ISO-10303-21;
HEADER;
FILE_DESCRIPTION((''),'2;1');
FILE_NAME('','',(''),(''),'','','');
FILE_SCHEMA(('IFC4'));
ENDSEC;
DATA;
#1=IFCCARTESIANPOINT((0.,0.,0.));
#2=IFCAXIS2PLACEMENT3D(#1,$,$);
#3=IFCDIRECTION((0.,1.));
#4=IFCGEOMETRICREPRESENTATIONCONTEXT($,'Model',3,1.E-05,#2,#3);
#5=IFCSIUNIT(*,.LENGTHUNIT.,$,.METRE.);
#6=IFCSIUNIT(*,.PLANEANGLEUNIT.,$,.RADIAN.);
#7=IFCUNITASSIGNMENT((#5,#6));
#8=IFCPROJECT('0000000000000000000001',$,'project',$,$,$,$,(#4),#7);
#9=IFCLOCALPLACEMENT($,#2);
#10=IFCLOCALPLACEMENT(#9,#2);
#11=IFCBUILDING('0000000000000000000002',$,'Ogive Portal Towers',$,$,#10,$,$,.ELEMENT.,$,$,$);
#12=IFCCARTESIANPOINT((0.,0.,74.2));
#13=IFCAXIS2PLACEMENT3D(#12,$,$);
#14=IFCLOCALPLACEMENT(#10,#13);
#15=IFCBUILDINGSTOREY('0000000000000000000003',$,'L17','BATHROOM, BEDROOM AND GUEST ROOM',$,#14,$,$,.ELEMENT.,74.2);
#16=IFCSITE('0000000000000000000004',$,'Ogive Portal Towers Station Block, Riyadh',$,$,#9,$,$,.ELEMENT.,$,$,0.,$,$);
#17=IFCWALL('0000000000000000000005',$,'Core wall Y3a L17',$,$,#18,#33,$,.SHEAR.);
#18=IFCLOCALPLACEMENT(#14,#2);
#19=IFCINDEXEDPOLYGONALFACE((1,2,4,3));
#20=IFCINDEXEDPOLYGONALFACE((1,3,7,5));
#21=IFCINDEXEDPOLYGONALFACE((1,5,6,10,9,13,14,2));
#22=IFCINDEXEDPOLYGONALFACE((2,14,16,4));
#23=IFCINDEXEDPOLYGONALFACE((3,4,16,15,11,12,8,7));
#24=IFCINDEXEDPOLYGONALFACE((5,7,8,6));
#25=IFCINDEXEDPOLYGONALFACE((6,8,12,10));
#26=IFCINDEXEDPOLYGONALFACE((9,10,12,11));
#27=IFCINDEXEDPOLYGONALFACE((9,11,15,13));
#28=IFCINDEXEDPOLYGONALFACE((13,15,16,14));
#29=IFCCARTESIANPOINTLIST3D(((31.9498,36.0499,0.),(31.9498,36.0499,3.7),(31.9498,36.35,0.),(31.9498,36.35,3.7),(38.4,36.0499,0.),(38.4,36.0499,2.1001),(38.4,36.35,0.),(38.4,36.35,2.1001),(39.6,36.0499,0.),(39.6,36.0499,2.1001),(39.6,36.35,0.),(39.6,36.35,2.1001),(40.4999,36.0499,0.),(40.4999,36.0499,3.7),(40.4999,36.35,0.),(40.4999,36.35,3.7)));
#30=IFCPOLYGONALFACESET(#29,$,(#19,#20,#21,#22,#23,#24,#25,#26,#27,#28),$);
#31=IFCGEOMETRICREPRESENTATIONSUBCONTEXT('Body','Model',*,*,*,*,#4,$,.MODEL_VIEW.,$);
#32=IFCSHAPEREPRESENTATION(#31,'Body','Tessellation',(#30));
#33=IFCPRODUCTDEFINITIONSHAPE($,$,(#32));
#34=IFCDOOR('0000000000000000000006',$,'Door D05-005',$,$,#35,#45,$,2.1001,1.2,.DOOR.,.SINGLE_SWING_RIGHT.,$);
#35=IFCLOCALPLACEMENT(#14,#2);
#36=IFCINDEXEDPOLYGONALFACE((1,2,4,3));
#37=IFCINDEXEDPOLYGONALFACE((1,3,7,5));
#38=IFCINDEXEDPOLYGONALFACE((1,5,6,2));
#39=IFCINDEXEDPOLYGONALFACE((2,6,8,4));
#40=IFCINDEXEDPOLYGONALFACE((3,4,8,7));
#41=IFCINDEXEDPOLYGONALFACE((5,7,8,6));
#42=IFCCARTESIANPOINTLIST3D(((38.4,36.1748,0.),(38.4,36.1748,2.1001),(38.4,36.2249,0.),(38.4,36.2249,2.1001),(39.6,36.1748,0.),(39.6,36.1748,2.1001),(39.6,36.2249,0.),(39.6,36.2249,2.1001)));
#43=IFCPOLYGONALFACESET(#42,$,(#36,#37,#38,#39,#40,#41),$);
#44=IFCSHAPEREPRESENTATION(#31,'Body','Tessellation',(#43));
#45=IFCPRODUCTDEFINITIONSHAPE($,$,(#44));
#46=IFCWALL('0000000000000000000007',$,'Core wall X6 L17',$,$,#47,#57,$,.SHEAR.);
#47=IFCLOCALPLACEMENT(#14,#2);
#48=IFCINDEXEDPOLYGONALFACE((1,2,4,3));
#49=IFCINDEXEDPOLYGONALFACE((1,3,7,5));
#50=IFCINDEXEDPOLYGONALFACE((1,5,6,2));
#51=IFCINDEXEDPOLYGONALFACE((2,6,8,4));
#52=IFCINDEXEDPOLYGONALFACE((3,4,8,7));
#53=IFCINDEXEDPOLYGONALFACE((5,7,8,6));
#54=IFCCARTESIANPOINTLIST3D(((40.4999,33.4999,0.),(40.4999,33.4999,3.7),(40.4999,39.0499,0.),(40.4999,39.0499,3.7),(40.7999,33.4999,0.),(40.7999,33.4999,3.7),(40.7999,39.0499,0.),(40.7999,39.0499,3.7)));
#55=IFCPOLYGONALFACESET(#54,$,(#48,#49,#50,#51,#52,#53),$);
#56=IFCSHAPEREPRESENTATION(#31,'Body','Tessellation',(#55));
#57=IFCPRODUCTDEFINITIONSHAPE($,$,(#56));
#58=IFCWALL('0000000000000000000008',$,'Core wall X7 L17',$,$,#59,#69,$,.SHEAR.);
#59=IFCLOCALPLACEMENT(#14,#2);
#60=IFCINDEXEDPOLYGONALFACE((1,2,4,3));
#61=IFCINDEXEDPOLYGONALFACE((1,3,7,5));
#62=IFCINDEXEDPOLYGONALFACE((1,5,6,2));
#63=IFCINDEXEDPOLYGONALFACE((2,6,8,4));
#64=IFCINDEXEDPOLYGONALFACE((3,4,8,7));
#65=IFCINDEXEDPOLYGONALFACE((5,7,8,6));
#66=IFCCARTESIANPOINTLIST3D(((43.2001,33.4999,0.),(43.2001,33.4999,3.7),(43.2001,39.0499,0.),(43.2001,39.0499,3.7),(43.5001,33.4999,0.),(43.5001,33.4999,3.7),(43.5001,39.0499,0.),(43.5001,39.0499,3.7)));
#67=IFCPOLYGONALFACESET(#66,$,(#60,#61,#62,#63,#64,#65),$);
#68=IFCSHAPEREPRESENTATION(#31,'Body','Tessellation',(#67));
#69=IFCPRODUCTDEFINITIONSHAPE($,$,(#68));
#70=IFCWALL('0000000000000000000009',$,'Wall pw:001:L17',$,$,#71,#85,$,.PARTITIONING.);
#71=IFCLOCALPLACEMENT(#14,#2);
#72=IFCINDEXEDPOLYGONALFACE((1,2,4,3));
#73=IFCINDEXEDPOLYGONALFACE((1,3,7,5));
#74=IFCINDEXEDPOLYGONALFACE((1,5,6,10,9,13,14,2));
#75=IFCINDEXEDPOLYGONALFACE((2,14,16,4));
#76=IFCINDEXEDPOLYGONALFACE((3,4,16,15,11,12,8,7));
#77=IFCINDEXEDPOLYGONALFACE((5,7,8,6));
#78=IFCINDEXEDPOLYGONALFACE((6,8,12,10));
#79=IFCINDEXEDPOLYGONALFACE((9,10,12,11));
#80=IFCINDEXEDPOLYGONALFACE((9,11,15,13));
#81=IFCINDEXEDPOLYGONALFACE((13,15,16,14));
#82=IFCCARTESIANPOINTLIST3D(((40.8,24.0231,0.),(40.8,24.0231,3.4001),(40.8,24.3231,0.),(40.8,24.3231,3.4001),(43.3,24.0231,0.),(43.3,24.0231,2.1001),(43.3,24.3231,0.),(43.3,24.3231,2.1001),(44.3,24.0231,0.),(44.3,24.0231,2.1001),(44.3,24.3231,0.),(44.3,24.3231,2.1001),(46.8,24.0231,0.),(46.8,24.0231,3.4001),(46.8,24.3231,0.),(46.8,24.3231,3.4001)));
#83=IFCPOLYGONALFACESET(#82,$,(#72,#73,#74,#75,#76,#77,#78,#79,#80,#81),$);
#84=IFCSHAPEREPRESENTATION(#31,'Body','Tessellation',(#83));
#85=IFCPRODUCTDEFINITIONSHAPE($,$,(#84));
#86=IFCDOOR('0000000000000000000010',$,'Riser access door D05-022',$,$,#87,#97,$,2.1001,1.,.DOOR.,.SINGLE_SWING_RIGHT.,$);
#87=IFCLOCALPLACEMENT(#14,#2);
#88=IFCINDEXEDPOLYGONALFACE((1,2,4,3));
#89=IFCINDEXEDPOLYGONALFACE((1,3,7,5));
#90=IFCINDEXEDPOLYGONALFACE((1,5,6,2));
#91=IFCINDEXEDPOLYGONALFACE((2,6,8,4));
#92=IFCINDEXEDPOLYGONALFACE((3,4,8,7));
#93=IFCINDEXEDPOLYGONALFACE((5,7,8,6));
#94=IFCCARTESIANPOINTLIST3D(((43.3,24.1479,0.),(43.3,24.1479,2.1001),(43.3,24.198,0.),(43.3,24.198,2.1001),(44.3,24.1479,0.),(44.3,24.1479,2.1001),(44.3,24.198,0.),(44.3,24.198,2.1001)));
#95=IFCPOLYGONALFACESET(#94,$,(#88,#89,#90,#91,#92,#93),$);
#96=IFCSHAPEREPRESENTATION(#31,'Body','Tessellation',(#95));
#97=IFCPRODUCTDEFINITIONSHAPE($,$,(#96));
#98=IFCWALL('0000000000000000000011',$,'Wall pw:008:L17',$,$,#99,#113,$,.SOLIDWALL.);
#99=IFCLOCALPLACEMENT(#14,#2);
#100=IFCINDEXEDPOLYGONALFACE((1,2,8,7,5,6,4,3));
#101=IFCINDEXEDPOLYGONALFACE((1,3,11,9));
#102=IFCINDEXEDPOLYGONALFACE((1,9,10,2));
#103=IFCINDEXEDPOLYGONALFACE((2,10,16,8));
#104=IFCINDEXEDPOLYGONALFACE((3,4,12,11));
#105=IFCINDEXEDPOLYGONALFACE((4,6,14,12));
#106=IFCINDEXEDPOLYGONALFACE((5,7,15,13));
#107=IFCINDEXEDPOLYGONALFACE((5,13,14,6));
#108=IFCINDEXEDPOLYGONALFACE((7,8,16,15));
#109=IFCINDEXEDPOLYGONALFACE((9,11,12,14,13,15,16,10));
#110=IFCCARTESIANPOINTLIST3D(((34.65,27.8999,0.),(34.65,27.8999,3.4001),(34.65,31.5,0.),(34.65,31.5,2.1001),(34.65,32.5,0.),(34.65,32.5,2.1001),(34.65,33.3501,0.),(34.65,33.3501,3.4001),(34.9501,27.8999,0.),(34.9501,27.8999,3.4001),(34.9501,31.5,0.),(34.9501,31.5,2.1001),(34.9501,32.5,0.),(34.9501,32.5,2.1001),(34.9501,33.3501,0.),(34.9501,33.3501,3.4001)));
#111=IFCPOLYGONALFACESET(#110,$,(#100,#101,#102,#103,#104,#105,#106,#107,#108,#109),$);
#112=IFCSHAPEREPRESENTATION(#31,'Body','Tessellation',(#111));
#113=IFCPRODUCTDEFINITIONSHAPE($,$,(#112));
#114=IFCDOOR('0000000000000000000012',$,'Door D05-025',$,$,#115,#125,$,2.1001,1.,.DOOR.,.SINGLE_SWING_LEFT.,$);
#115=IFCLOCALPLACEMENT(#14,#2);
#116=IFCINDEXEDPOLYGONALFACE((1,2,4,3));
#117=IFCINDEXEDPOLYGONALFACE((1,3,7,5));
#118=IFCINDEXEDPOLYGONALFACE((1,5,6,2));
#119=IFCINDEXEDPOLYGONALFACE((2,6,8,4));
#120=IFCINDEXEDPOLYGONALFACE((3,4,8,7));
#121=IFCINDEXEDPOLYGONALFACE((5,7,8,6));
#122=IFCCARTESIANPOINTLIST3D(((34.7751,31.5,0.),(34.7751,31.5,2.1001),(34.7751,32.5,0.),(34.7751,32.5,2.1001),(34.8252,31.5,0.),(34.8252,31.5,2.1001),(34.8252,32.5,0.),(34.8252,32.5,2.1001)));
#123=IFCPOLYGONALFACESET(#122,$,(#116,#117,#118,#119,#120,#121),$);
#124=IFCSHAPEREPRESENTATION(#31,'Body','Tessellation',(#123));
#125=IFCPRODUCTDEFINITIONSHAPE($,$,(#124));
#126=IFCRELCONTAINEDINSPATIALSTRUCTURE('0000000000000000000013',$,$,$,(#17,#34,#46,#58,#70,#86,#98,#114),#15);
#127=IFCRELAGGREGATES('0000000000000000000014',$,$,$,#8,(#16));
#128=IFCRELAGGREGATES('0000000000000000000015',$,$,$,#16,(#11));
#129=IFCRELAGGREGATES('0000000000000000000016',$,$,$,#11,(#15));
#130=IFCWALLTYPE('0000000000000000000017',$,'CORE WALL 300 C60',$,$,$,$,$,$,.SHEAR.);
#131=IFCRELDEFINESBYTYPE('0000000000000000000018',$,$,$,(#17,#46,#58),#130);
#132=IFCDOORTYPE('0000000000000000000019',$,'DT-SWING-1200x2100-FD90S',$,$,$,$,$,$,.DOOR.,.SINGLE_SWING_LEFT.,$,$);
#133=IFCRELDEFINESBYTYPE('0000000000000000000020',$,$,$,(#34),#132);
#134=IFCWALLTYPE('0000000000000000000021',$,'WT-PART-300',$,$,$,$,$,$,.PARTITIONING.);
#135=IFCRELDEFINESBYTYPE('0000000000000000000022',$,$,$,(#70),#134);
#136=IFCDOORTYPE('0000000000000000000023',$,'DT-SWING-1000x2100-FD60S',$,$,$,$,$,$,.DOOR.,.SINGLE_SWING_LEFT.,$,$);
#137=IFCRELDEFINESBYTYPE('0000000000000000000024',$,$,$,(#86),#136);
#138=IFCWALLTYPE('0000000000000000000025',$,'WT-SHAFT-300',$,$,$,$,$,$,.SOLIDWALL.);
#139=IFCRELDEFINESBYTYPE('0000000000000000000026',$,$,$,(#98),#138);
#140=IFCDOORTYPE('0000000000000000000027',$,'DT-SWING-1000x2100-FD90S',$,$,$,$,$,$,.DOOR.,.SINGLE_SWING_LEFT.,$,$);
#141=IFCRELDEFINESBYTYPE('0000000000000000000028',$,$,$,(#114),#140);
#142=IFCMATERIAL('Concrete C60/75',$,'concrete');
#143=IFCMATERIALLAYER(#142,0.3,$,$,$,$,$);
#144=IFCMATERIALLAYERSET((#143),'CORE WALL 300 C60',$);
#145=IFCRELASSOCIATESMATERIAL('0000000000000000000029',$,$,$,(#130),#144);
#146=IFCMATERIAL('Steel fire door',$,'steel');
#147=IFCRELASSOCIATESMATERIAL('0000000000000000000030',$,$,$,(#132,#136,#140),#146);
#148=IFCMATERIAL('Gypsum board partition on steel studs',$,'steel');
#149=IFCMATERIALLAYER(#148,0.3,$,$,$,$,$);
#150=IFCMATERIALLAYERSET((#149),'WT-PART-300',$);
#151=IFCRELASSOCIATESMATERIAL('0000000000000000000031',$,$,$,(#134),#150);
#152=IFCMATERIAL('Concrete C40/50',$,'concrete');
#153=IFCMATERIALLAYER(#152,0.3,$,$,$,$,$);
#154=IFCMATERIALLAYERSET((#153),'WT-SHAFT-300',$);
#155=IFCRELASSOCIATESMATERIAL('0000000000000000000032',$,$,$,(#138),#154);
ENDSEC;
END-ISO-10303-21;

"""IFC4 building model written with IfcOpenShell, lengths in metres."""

from ifc_helpers import new_model, si_unit, direction, frame, frame_2d, origin, place, context, subcontext, project, spatial, rectangle, extrude, material, layer, layer_set, type_object, element, fill, save


model = new_model("IFC4")

# Units and contexts
model_context = context("Model", 3, precision=1e-05, world=origin(), true_north=direction((0.0, 1.0)))
body_context = subcontext(model_context, "Body", "Model", "MODEL_VIEW")
ifc_project = project(units=[si_unit("LENGTHUNIT", "METRE"), si_unit("PLANEANGLEUNIT", "RADIAN")], contexts=[model_context])

# Site, building, storey
site_placement = place(None, origin())
site = spatial("IfcSite", under=ifc_project, at=site_placement, Name="Ogive Portal Towers Station Block, Riyadh", CompositionType="ELEMENT", RefElevation=0.0)
building_placement = place(site_placement, origin())
building = spatial("IfcBuilding", under=site, at=building_placement, Name="Ogive Portal Towers", CompositionType="ELEMENT")
storey_placement = place(building_placement, frame((0.0, 0.0, 74.2)))
storey = spatial("IfcBuildingStorey", under=building, at=storey_placement, Name="L17", Description="BATHROOM, BEDROOM AND GUEST ROOM", CompositionType="ELEMENT", Elevation=74.2)

# Wall, opening, door
ifc_material_1 = material(Name="Concrete C60/75", Category="concrete")
ifc_layer_1 = layer(ifc_material_1, 0.3)
ifc_layer_set_1 = layer_set([ifc_layer_1], Name="CORE WALL 300 C60")
wall_type_1 = type_object("IfcWallType", Name="CORE WALL 300 C60", PredefinedType="SHEAR", material=ifc_layer_set_1)
wall_1_placement = place(storey_placement, frame((31.95, 36.2, 0.0), z_axis=(0.0, 0.0, 1.0), x_axis=(1.0, 0.0, 0.0)))
wall_1 = element("IfcWall", 1, at=wall_1_placement, inside=storey, type_object=wall_type_1, Name="Core wall Y3a L17", PredefinedType="SHEAR", context=body_context, shape_type="SweptSolid", body=[
    extrude(rectangle(XDim=8.55, YDim=0.3, at=frame_2d((4.2749, 0.0))), origin(), (0.0, 0.0, 1.0), 3.7),
])
opening_1_placement = place(wall_1_placement, frame((6.45, 0.0, 0.0)))
opening_1 = element("IfcOpeningElement", 2, at=opening_1_placement, cuts=wall_1, PredefinedType="OPENING", context=body_context, shape_type="SweptSolid", body=[
    extrude(rectangle(XDim=1.2, YDim=2.1001, at=frame_2d((0.6001, 1.05))), frame((0.0, 0.1602, 0.0), z_axis=(0.0, -1.0, 0.0), x_axis=(1.0, 0.0, 0.0)), (0.0, 0.0, 1.0), 0.3201),
])
ifc_material_2 = material(Name="Steel fire door", Category="steel")
door_type_1 = type_object("IfcDoorType", Name="DT-SWING-1200x2100-FD90S", OperationType="SINGLE_SWING_LEFT", PredefinedType="DOOR", material=ifc_material_2)
door_1_placement = place(opening_1_placement, origin())
door_1 = element("IfcDoor", 3, at=door_1_placement, inside=storey, type_object=door_type_1, Name="Door D05-005", OperationType="SINGLE_SWING_RIGHT", OverallHeight=2.1001, OverallWidth=1.2, PredefinedType="DOOR", context=body_context, shape_type="SweptSolid", body=[
    extrude(rectangle(XDim=1.2, YDim=2.1001, at=frame_2d((0.6001, 1.05))), frame((0.0, 0.0249, 0.0), z_axis=(0.0, -1.0, 0.0), x_axis=(1.0, 0.0, 0.0)), (0.0, 0.0, 1.0), 0.05),
])
fill(opening_1, door_1)

# Walls
for number, where, z_axis, x_axis, name in (
    (4, (40.6499, 33.5, 0.0), (0.0, 0.0, 1.0), (0.0, 1.0, 0.0), "Core wall X6 L17"),
    (5, (43.3501, 33.5, 0.0), (0.0, 0.0, 1.0), (0.0, 1.0, 0.0), "Core wall X7 L17"),
):
    element("IfcWall", number, at=place(storey_placement, frame(where, z_axis=z_axis, x_axis=x_axis)), inside=storey, type_object=wall_type_1, Name=name, PredefinedType="SHEAR", context=body_context, shape_type="SweptSolid", body=[
        extrude(rectangle(XDim=5.55, YDim=0.3, at=frame_2d((2.7749, 0.0))), origin(), (0.0, 0.0, 1.0), 3.7),
    ])

# Walls, openings, doors
ifc_material_3 = material(Name="Gypsum board partition on steel studs", Category="steel")
ifc_layer_2 = layer(ifc_material_3, 0.3)
ifc_layer_set_2 = layer_set([ifc_layer_2], Name="WT-PART-300")
wall_type_2 = type_object("IfcWallType", Name="WT-PART-300", PredefinedType="PARTITIONING", material=ifc_layer_set_2)
wall_2_placement = place(storey_placement, frame((40.8, 24.1731, 0.0), z_axis=(0.0, 0.0, 1.0), x_axis=(1.0, 0.0, 0.0)))
wall_2 = element("IfcWall", 6, at=wall_2_placement, inside=storey, type_object=wall_type_2, Name="Wall pw:001:L17", PredefinedType="PARTITIONING", context=body_context, shape_type="SweptSolid", body=[
    extrude(rectangle(XDim=6.0, YDim=0.3, at=frame_2d((3.0, 0.0))), origin(), (0.0, 0.0, 1.0), 3.4001),
])
opening_2_placement = place(wall_2_placement, frame((2.5, 0.0, 0.0)))
opening_2 = element("IfcOpeningElement", 7, at=opening_2_placement, cuts=wall_2, PredefinedType="OPENING", context=body_context, shape_type="SweptSolid", body=[
    extrude(rectangle(XDim=1.0, YDim=2.1001, at=frame_2d((0.5, 1.05))), frame((0.0, 0.1602, 0.0), z_axis=(0.0, -1.0, 0.0), x_axis=(1.0, 0.0, 0.0)), (0.0, 0.0, 1.0), 0.3201),
])
door_type_2 = type_object("IfcDoorType", Name="DT-SWING-1000x2100-FD60S", OperationType="SINGLE_SWING_LEFT", PredefinedType="DOOR", material=ifc_material_2)
door_2_placement = place(opening_2_placement, origin())
door_2 = element("IfcDoor", 8, at=door_2_placement, inside=storey, type_object=door_type_2, Name="Riser access door D05-022", OperationType="SINGLE_SWING_RIGHT", OverallHeight=2.1001, OverallWidth=1.0, PredefinedType="DOOR", context=body_context, shape_type="SweptSolid", body=[
    extrude(rectangle(XDim=1.0, YDim=2.1001, at=frame_2d((0.5, 1.05))), frame((0.0, 0.0249, 0.0), z_axis=(0.0, -1.0, 0.0), x_axis=(1.0, 0.0, 0.0)), (0.0, 0.0, 1.0), 0.05),
])
fill(opening_2, door_2)
ifc_material_4 = material(Name="Concrete C40/50", Category="concrete")
ifc_layer_3 = layer(ifc_material_4, 0.3)
ifc_layer_set_3 = layer_set([ifc_layer_3], Name="WT-SHAFT-300")
wall_type_3 = type_object("IfcWallType", Name="WT-SHAFT-300", PredefinedType="SOLIDWALL", material=ifc_layer_set_3)
wall_3_placement = place(storey_placement, frame((34.8, 27.8999, 0.0), z_axis=(0.0, 0.0, 1.0), x_axis=(0.0, 1.0, 0.0)))
wall_3 = element("IfcWall", 9, at=wall_3_placement, inside=storey, type_object=wall_type_3, Name="Wall pw:008:L17", PredefinedType="SOLIDWALL", context=body_context, shape_type="SweptSolid", body=[
    extrude(rectangle(XDim=5.4502, YDim=0.3, at=frame_2d((2.7251, 0.0))), origin(), (0.0, 0.0, 1.0), 3.4001),
])
opening_3_placement = place(wall_3_placement, frame((3.6001, 0.0, 0.0)))
opening_3 = element("IfcOpeningElement", 10, at=opening_3_placement, cuts=wall_3, PredefinedType="OPENING", context=body_context, shape_type="SweptSolid", body=[
    extrude(rectangle(XDim=1.0, YDim=2.1001, at=frame_2d((0.5, 1.05))), frame((0.0, 0.1602, 0.0), z_axis=(0.0, -1.0, 0.0), x_axis=(1.0, 0.0, 0.0)), (0.0, 0.0, 1.0), 0.3201),
])
door_type_3 = type_object("IfcDoorType", Name="DT-SWING-1000x2100-FD90S", OperationType="SINGLE_SWING_LEFT", PredefinedType="DOOR", material=ifc_material_2)
door_3_placement = place(opening_3_placement, origin())
door_3 = element("IfcDoor", 11, at=door_3_placement, inside=storey, type_object=door_type_3, Name="Door D05-025", OperationType="SINGLE_SWING_LEFT", OverallHeight=2.1001, OverallWidth=1.0, PredefinedType="DOOR", context=body_context, shape_type="SweptSolid", body=[
    extrude(rectangle(XDim=1.0, YDim=2.1001, at=frame_2d((0.5, 1.05))), frame((0.0, 0.0249, 0.0), z_axis=(0.0, -1.0, 0.0), x_axis=(1.0, 0.0, 0.0)), (0.0, 0.0, 1.0), 0.05),
])
fill(opening_3, door_3)

save(model, "model.ifc")
